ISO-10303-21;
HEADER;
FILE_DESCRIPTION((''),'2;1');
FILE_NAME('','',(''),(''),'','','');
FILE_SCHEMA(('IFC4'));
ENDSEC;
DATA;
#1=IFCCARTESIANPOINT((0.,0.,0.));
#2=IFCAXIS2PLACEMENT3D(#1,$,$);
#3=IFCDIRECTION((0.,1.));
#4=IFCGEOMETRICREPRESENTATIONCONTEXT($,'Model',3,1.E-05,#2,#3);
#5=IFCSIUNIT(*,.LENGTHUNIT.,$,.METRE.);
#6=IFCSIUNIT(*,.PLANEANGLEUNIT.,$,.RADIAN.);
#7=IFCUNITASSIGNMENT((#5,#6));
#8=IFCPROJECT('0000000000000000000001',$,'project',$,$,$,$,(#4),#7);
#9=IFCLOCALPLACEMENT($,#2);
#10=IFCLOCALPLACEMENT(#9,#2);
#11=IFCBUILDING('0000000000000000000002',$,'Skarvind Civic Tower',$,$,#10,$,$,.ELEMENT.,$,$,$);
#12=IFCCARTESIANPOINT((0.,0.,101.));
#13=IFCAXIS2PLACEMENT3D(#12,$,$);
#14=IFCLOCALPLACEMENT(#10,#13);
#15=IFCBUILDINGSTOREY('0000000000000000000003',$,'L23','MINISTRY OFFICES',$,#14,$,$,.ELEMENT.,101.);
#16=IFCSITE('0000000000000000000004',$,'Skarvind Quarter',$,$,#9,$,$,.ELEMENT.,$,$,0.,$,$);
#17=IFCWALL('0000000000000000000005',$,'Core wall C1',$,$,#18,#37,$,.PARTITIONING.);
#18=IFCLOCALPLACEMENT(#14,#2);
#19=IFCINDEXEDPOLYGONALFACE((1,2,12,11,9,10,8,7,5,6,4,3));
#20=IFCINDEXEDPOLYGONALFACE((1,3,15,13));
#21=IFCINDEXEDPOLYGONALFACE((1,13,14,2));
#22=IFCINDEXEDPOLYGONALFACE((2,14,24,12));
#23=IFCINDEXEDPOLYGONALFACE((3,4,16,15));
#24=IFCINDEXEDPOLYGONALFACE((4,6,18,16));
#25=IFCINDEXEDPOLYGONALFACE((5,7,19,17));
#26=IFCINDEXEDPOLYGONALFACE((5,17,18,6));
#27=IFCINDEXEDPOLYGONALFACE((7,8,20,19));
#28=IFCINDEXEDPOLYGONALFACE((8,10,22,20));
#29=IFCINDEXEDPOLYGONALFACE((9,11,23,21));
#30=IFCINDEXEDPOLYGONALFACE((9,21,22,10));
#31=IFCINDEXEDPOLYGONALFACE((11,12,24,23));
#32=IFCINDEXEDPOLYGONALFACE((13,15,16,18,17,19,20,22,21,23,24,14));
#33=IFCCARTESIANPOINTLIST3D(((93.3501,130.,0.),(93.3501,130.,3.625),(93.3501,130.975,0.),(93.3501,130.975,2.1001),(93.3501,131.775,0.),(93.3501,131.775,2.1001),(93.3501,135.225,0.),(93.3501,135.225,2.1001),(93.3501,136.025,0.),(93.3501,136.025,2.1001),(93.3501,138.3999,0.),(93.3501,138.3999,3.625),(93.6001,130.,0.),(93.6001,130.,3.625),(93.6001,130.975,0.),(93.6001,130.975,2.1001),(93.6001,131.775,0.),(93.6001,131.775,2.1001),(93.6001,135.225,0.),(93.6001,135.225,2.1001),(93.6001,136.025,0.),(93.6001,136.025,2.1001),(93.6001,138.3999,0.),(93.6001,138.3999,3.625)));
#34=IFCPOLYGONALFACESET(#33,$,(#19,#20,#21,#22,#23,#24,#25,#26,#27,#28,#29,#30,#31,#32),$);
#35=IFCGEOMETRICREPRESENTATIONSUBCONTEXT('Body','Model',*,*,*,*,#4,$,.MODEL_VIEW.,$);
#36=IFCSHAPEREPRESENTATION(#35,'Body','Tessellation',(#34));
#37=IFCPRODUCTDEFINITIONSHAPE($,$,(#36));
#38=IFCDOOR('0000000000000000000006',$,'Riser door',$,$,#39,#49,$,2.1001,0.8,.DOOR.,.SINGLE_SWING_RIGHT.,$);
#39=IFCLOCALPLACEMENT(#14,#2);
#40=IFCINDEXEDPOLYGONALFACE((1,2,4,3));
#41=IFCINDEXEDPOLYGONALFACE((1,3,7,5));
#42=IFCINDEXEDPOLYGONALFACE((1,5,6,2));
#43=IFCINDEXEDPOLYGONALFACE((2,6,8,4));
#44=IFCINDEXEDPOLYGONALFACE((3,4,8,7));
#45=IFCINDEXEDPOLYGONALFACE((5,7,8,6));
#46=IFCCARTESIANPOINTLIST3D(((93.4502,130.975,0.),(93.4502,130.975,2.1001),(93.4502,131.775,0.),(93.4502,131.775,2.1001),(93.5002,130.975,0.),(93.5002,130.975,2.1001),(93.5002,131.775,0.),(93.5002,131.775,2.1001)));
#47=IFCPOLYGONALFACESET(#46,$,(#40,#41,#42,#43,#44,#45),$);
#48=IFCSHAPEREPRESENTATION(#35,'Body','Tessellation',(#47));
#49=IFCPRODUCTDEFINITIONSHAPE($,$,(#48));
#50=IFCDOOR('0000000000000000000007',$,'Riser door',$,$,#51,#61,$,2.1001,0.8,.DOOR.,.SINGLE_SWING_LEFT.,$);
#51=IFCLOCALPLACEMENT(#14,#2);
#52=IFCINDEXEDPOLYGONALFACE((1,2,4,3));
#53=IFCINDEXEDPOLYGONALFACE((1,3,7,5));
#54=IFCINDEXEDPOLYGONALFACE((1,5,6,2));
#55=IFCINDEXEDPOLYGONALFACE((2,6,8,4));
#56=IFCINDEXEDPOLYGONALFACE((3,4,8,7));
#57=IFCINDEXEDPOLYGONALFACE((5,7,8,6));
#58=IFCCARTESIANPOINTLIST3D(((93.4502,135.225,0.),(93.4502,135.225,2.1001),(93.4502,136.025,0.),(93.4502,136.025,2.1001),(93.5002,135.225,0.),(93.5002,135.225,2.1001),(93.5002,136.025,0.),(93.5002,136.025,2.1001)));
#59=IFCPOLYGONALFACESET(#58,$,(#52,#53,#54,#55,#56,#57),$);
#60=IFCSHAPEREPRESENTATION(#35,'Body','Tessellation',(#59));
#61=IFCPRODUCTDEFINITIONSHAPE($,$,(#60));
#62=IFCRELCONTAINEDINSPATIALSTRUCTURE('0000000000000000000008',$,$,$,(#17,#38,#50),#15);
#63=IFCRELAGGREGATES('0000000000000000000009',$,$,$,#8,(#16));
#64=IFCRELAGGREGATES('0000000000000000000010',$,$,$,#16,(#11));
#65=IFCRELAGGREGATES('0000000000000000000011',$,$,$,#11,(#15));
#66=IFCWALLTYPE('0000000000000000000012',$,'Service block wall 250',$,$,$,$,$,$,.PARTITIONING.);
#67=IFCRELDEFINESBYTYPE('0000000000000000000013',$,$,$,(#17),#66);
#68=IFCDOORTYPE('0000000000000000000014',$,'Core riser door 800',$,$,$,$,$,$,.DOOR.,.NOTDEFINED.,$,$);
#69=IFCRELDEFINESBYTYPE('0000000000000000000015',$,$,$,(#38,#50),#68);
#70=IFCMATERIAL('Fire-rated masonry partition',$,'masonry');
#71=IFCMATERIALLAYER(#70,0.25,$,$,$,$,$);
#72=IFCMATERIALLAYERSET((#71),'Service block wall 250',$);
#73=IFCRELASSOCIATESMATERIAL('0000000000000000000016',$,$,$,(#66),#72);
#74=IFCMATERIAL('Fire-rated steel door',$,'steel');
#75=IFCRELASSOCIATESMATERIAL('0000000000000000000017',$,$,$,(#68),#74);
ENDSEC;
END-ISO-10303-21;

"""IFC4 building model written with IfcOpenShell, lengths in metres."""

from ifc_helpers import new_model, si_unit, direction, frame, frame_2d, origin, place, context, subcontext, project, spatial, rectangle, extrude, material, layer, layer_set, type_object, element, fill, save


model = new_model("IFC4")

# Units and contexts
model_context = context("Model", 3, precision=1e-05, world=origin(), true_north=direction((0.0, 1.0)))
body_context = subcontext(model_context, "Body", "Model", "MODEL_VIEW")
ifc_project = project(units=[si_unit("LENGTHUNIT", "METRE"), si_unit("PLANEANGLEUNIT", "RADIAN")], contexts=[model_context])

# Site, building, storey
site_placement = place(None, origin())
site = spatial("IfcSite", under=ifc_project, at=site_placement, Name="Skarvind Quarter", CompositionType="ELEMENT", RefElevation=0.0)
building_placement = place(site_placement, origin())
building = spatial("IfcBuilding", under=site, at=building_placement, Name="Skarvind Civic Tower", CompositionType="ELEMENT")
storey_placement = place(building_placement, frame((0.0, 0.0, 101.0)))
storey = spatial("IfcBuildingStorey", under=building, at=storey_placement, Name="L23", Description="MINISTRY OFFICES", CompositionType="ELEMENT", Elevation=101.0)

# Shared definitions
ifc_material_1 = material(Name="Fire-rated masonry partition", Category="masonry")
ifc_material_2 = material(Name="Fire-rated steel door", Category="steel")

# Wall, openings, doors
ifc_layer_1 = layer(ifc_material_1, 0.25)
ifc_layer_set_1 = layer_set([ifc_layer_1], Name="Service block wall 250")
wall_type_1 = type_object("IfcWallType", Name="Service block wall 250", PredefinedType="PARTITIONING", material=ifc_layer_set_1)
wall_1_placement = place(storey_placement, frame((93.4751, 130.0, 0.0), z_axis=(0.0, 0.0, 1.0), x_axis=(0.0, 1.0, 0.0)))
wall_1 = element("IfcWall", 1, at=wall_1_placement, inside=storey, type_object=wall_type_1, Name="Core wall C1", PredefinedType="PARTITIONING", context=body_context, shape_type="SweptSolid", body=[
    extrude(rectangle(XDim=8.3999, YDim=0.25, at=frame_2d((4.2, 0.0))), origin(), (0.0, 0.0, 1.0), 3.625),
])
opening_1_placement = place(wall_1_placement, frame((0.9751, 0.0, 0.0)))
opening_1 = element("IfcOpeningElement", 2, at=opening_1_placement, cuts=wall_1, PredefinedType="OPENING", context=body_context, shape_type="SweptSolid", body=[
    extrude(rectangle(XDim=0.8, YDim=2.1001, at=frame_2d((0.3999, 1.05))), frame((0.0, 0.135, 0.0), z_axis=(0.0, -1.0, 0.0), x_axis=(1.0, 0.0, 0.0)), (0.0, 0.0, 1.0), 0.27),
])
opening_2_placement = place(wall_1_placement, frame((5.2251, 0.0, 0.0)))
opening_2 = element("IfcOpeningElement", 3, at=opening_2_placement, cuts=wall_1, PredefinedType="OPENING", context=body_context, shape_type="SweptSolid", body=[
    extrude(rectangle(XDim=0.8, YDim=2.1001, at=frame_2d((0.3999, 1.05))), frame((0.0, 0.135, 0.0), z_axis=(0.0, -1.0, 0.0), x_axis=(1.0, 0.0, 0.0)), (0.0, 0.0, 1.0), 0.27),
])
door_type_1 = type_object("IfcDoorType", Name="Core riser door 800", OperationType="NOTDEFINED", PredefinedType="DOOR", material=ifc_material_2)
door_1_placement = place(opening_1_placement, origin())
door_1 = element("IfcDoor", 4, at=door_1_placement, inside=storey, type_object=door_type_1, Name="Riser door", OperationType="SINGLE_SWING_RIGHT", OverallHeight=2.1001, OverallWidth=0.8, PredefinedType="DOOR", context=body_context, shape_type="SweptSolid", body=[
    extrude(rectangle(XDim=0.8, YDim=2.1001, at=frame_2d((0.3999, 1.05))), frame((0.0, 0.0249, 0.0), z_axis=(0.0, -1.0, 0.0), x_axis=(1.0, 0.0, 0.0)), (0.0, 0.0, 1.0), 0.05),
])
fill(opening_1, door_1)
door_2_placement = place(opening_2_placement, origin())
door_2 = element("IfcDoor", 5, at=door_2_placement, inside=storey, type_object=door_type_1, Name="Riser door", OperationType="SINGLE_SWING_LEFT", OverallHeight=2.1001, OverallWidth=0.8, PredefinedType="DOOR", context=body_context, shape_type="SweptSolid", body=[
    extrude(rectangle(XDim=0.8, YDim=2.1001, at=frame_2d((0.3999, 1.05))), frame((0.0, 0.0249, 0.0), z_axis=(0.0, -1.0, 0.0), x_axis=(1.0, 0.0, 0.0)), (0.0, 0.0, 1.0), 0.05),
])
fill(opening_2, door_2)

save(model, "model.ifc")
